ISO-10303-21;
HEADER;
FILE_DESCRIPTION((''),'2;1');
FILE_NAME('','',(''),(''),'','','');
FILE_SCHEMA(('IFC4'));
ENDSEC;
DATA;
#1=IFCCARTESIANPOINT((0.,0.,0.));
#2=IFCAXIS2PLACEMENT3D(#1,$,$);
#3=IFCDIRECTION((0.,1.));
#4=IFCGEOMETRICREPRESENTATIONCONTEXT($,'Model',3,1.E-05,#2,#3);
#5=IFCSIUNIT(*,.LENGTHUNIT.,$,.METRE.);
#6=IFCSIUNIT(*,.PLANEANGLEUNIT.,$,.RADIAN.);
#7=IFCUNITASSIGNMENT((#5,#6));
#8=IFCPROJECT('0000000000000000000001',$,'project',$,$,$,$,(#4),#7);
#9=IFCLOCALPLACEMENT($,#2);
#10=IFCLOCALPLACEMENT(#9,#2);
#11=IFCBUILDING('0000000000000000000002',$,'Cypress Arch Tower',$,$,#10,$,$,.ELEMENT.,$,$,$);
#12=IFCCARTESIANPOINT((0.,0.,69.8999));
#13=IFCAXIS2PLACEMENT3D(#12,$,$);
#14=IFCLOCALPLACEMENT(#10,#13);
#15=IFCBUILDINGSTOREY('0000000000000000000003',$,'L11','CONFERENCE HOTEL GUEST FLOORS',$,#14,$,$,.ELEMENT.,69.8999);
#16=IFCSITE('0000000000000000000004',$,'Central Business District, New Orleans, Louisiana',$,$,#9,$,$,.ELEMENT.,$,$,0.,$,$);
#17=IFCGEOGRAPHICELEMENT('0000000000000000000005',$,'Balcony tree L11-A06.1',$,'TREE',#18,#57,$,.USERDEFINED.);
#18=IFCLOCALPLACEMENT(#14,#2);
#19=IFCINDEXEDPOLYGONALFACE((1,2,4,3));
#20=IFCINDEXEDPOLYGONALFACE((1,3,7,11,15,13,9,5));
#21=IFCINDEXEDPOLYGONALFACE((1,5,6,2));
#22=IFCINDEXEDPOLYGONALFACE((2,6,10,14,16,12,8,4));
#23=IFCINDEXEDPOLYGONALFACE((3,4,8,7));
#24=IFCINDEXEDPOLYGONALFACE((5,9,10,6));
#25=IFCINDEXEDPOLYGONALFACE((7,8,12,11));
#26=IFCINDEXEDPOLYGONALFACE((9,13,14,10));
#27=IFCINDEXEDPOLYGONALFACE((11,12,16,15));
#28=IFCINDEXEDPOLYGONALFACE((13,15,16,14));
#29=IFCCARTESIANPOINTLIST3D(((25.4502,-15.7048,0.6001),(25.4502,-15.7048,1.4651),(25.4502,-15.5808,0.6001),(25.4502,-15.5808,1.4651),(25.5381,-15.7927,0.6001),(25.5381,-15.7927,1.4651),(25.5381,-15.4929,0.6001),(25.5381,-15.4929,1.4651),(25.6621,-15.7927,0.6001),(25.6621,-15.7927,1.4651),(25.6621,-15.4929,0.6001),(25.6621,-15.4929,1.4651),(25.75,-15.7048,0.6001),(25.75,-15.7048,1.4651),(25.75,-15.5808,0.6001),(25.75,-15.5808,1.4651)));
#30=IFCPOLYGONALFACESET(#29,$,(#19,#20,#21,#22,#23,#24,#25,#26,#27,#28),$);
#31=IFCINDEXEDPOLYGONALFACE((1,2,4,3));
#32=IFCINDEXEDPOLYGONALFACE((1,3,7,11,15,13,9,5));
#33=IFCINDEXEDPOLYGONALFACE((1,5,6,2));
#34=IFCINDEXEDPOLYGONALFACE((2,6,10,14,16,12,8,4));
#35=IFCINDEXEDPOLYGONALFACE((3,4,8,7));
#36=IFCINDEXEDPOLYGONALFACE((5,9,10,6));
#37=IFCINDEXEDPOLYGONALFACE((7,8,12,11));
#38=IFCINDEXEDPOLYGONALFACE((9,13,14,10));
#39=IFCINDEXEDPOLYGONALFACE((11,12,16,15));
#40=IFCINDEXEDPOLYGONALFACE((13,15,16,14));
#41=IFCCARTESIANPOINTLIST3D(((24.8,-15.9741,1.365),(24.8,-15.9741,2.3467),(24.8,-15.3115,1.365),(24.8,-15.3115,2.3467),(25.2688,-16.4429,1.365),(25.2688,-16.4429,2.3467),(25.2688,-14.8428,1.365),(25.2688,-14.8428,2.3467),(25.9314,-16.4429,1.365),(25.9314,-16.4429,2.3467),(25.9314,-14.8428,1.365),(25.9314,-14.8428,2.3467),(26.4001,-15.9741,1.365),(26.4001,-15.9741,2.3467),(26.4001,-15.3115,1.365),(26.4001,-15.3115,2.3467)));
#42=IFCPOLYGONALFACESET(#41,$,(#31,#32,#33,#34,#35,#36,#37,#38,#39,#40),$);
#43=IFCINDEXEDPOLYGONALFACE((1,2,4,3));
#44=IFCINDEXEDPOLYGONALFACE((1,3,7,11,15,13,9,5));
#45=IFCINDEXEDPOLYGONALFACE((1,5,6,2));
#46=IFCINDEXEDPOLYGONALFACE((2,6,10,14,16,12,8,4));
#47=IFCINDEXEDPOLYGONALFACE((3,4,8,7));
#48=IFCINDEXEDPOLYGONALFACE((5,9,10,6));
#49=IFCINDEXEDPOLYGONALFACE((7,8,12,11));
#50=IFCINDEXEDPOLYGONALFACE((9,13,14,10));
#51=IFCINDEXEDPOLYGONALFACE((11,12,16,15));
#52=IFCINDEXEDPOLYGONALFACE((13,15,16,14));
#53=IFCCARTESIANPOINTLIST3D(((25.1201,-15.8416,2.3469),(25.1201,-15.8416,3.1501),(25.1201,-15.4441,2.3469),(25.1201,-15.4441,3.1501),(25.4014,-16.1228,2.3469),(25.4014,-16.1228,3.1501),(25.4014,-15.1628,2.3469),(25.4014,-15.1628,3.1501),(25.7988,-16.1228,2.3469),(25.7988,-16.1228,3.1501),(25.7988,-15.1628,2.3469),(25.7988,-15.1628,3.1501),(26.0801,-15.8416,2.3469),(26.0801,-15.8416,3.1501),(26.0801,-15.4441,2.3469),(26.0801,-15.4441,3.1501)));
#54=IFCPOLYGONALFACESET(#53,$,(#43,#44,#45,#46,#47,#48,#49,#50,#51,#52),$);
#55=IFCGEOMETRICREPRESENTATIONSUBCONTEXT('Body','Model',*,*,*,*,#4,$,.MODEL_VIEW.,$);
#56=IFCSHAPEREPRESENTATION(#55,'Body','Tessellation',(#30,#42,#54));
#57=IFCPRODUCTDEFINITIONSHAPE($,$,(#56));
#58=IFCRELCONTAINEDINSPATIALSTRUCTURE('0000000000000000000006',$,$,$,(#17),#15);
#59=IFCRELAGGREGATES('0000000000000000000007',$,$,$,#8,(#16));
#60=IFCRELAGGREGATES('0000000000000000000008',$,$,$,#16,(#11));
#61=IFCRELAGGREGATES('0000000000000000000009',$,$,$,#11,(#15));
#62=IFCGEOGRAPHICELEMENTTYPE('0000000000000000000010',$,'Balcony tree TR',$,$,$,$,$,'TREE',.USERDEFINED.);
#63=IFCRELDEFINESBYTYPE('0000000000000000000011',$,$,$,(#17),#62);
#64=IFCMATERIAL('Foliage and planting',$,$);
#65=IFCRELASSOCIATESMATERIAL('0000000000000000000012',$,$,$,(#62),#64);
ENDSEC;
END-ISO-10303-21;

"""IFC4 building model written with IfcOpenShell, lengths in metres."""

from ifc_helpers import new_model, si_unit, direction, frame, origin, place, context, subcontext, project, spatial, polyline, outline, extrude, material, type_object, element, save


model = new_model("IFC4")

# Units and contexts
model_context = context("Model", 3, precision=1e-05, world=origin(), true_north=direction((0.0, 1.0)))
body_context = subcontext(model_context, "Body", "Model", "MODEL_VIEW")
ifc_project = project(units=[si_unit("LENGTHUNIT", "METRE"), si_unit("PLANEANGLEUNIT", "RADIAN")], contexts=[model_context])

# Site, building, storey
site_placement = place(None, origin())
site = spatial("IfcSite", under=ifc_project, at=site_placement, Name="Central Business District, New Orleans, Louisiana", CompositionType="ELEMENT", RefElevation=0.0)
building_placement = place(site_placement, origin())
building = spatial("IfcBuilding", under=site, at=building_placement, Name="Cypress Arch Tower", CompositionType="ELEMENT")
storey_placement = place(building_placement, frame((0.0, 0.0, 69.8999)))
storey = spatial("IfcBuildingStorey", under=building, at=storey_placement, Name="L11", Description="CONFERENCE HOTEL GUEST FLOORS", CompositionType="ELEMENT", Elevation=69.8999)

# Geographic element
ifc_material_1 = material(Name="Foliage and planting")
geographic_element_type = type_object("IfcGeographicElementType", Name="Balcony tree TR", ElementType="TREE", PredefinedType="USERDEFINED", material=ifc_material_1)
geographic_element_placement = place(storey_placement, frame((25.6001, -15.6428, 0.6001), z_axis=(0.0, 0.0, 1.0), x_axis=(1.0, 0.0, 0.0)))
element("IfcGeographicElement", 1, at=geographic_element_placement, inside=storey, type_object=geographic_element_type, Name="Balcony tree L11-A06.1", ObjectType="TREE", PredefinedType="USERDEFINED", context=body_context, shape_type="SweptSolid", body=[
    extrude(outline(polyline([(0.1499, 0.062), (0.062, 0.1499), (-0.062, 0.1499), (-0.1499, 0.062), (-0.1499, -0.062), (-0.062, -0.1499), (0.062, -0.1499), (0.1499, -0.062), (0.1499, 0.062)])), origin(), (0.0, 0.0, 1.0), 0.865),
    extrude(outline(polyline([(0.8, 0.3313), (0.3313, 0.8), (-0.3313, 0.8), (-0.8, 0.3313), (-0.8, -0.3313), (-0.3313, -0.8), (0.3313, -0.8), (0.8, -0.3313), (0.8, 0.3313)])), frame((0.0, 0.0, 0.7649)), (0.0, 0.0, 1.0), 0.9817),
    extrude(outline(polyline([(0.48, 0.1987), (0.1987, 0.48), (-0.1987, 0.48), (-0.48, 0.1987), (-0.48, -0.1987), (-0.1987, -0.48), (0.1987, -0.48), (0.48, -0.1987), (0.48, 0.1987)])), frame((0.0, 0.0, 1.7468)), (0.0, 0.0, 1.0), 0.8032),
])

save(model, "model.ifc")
